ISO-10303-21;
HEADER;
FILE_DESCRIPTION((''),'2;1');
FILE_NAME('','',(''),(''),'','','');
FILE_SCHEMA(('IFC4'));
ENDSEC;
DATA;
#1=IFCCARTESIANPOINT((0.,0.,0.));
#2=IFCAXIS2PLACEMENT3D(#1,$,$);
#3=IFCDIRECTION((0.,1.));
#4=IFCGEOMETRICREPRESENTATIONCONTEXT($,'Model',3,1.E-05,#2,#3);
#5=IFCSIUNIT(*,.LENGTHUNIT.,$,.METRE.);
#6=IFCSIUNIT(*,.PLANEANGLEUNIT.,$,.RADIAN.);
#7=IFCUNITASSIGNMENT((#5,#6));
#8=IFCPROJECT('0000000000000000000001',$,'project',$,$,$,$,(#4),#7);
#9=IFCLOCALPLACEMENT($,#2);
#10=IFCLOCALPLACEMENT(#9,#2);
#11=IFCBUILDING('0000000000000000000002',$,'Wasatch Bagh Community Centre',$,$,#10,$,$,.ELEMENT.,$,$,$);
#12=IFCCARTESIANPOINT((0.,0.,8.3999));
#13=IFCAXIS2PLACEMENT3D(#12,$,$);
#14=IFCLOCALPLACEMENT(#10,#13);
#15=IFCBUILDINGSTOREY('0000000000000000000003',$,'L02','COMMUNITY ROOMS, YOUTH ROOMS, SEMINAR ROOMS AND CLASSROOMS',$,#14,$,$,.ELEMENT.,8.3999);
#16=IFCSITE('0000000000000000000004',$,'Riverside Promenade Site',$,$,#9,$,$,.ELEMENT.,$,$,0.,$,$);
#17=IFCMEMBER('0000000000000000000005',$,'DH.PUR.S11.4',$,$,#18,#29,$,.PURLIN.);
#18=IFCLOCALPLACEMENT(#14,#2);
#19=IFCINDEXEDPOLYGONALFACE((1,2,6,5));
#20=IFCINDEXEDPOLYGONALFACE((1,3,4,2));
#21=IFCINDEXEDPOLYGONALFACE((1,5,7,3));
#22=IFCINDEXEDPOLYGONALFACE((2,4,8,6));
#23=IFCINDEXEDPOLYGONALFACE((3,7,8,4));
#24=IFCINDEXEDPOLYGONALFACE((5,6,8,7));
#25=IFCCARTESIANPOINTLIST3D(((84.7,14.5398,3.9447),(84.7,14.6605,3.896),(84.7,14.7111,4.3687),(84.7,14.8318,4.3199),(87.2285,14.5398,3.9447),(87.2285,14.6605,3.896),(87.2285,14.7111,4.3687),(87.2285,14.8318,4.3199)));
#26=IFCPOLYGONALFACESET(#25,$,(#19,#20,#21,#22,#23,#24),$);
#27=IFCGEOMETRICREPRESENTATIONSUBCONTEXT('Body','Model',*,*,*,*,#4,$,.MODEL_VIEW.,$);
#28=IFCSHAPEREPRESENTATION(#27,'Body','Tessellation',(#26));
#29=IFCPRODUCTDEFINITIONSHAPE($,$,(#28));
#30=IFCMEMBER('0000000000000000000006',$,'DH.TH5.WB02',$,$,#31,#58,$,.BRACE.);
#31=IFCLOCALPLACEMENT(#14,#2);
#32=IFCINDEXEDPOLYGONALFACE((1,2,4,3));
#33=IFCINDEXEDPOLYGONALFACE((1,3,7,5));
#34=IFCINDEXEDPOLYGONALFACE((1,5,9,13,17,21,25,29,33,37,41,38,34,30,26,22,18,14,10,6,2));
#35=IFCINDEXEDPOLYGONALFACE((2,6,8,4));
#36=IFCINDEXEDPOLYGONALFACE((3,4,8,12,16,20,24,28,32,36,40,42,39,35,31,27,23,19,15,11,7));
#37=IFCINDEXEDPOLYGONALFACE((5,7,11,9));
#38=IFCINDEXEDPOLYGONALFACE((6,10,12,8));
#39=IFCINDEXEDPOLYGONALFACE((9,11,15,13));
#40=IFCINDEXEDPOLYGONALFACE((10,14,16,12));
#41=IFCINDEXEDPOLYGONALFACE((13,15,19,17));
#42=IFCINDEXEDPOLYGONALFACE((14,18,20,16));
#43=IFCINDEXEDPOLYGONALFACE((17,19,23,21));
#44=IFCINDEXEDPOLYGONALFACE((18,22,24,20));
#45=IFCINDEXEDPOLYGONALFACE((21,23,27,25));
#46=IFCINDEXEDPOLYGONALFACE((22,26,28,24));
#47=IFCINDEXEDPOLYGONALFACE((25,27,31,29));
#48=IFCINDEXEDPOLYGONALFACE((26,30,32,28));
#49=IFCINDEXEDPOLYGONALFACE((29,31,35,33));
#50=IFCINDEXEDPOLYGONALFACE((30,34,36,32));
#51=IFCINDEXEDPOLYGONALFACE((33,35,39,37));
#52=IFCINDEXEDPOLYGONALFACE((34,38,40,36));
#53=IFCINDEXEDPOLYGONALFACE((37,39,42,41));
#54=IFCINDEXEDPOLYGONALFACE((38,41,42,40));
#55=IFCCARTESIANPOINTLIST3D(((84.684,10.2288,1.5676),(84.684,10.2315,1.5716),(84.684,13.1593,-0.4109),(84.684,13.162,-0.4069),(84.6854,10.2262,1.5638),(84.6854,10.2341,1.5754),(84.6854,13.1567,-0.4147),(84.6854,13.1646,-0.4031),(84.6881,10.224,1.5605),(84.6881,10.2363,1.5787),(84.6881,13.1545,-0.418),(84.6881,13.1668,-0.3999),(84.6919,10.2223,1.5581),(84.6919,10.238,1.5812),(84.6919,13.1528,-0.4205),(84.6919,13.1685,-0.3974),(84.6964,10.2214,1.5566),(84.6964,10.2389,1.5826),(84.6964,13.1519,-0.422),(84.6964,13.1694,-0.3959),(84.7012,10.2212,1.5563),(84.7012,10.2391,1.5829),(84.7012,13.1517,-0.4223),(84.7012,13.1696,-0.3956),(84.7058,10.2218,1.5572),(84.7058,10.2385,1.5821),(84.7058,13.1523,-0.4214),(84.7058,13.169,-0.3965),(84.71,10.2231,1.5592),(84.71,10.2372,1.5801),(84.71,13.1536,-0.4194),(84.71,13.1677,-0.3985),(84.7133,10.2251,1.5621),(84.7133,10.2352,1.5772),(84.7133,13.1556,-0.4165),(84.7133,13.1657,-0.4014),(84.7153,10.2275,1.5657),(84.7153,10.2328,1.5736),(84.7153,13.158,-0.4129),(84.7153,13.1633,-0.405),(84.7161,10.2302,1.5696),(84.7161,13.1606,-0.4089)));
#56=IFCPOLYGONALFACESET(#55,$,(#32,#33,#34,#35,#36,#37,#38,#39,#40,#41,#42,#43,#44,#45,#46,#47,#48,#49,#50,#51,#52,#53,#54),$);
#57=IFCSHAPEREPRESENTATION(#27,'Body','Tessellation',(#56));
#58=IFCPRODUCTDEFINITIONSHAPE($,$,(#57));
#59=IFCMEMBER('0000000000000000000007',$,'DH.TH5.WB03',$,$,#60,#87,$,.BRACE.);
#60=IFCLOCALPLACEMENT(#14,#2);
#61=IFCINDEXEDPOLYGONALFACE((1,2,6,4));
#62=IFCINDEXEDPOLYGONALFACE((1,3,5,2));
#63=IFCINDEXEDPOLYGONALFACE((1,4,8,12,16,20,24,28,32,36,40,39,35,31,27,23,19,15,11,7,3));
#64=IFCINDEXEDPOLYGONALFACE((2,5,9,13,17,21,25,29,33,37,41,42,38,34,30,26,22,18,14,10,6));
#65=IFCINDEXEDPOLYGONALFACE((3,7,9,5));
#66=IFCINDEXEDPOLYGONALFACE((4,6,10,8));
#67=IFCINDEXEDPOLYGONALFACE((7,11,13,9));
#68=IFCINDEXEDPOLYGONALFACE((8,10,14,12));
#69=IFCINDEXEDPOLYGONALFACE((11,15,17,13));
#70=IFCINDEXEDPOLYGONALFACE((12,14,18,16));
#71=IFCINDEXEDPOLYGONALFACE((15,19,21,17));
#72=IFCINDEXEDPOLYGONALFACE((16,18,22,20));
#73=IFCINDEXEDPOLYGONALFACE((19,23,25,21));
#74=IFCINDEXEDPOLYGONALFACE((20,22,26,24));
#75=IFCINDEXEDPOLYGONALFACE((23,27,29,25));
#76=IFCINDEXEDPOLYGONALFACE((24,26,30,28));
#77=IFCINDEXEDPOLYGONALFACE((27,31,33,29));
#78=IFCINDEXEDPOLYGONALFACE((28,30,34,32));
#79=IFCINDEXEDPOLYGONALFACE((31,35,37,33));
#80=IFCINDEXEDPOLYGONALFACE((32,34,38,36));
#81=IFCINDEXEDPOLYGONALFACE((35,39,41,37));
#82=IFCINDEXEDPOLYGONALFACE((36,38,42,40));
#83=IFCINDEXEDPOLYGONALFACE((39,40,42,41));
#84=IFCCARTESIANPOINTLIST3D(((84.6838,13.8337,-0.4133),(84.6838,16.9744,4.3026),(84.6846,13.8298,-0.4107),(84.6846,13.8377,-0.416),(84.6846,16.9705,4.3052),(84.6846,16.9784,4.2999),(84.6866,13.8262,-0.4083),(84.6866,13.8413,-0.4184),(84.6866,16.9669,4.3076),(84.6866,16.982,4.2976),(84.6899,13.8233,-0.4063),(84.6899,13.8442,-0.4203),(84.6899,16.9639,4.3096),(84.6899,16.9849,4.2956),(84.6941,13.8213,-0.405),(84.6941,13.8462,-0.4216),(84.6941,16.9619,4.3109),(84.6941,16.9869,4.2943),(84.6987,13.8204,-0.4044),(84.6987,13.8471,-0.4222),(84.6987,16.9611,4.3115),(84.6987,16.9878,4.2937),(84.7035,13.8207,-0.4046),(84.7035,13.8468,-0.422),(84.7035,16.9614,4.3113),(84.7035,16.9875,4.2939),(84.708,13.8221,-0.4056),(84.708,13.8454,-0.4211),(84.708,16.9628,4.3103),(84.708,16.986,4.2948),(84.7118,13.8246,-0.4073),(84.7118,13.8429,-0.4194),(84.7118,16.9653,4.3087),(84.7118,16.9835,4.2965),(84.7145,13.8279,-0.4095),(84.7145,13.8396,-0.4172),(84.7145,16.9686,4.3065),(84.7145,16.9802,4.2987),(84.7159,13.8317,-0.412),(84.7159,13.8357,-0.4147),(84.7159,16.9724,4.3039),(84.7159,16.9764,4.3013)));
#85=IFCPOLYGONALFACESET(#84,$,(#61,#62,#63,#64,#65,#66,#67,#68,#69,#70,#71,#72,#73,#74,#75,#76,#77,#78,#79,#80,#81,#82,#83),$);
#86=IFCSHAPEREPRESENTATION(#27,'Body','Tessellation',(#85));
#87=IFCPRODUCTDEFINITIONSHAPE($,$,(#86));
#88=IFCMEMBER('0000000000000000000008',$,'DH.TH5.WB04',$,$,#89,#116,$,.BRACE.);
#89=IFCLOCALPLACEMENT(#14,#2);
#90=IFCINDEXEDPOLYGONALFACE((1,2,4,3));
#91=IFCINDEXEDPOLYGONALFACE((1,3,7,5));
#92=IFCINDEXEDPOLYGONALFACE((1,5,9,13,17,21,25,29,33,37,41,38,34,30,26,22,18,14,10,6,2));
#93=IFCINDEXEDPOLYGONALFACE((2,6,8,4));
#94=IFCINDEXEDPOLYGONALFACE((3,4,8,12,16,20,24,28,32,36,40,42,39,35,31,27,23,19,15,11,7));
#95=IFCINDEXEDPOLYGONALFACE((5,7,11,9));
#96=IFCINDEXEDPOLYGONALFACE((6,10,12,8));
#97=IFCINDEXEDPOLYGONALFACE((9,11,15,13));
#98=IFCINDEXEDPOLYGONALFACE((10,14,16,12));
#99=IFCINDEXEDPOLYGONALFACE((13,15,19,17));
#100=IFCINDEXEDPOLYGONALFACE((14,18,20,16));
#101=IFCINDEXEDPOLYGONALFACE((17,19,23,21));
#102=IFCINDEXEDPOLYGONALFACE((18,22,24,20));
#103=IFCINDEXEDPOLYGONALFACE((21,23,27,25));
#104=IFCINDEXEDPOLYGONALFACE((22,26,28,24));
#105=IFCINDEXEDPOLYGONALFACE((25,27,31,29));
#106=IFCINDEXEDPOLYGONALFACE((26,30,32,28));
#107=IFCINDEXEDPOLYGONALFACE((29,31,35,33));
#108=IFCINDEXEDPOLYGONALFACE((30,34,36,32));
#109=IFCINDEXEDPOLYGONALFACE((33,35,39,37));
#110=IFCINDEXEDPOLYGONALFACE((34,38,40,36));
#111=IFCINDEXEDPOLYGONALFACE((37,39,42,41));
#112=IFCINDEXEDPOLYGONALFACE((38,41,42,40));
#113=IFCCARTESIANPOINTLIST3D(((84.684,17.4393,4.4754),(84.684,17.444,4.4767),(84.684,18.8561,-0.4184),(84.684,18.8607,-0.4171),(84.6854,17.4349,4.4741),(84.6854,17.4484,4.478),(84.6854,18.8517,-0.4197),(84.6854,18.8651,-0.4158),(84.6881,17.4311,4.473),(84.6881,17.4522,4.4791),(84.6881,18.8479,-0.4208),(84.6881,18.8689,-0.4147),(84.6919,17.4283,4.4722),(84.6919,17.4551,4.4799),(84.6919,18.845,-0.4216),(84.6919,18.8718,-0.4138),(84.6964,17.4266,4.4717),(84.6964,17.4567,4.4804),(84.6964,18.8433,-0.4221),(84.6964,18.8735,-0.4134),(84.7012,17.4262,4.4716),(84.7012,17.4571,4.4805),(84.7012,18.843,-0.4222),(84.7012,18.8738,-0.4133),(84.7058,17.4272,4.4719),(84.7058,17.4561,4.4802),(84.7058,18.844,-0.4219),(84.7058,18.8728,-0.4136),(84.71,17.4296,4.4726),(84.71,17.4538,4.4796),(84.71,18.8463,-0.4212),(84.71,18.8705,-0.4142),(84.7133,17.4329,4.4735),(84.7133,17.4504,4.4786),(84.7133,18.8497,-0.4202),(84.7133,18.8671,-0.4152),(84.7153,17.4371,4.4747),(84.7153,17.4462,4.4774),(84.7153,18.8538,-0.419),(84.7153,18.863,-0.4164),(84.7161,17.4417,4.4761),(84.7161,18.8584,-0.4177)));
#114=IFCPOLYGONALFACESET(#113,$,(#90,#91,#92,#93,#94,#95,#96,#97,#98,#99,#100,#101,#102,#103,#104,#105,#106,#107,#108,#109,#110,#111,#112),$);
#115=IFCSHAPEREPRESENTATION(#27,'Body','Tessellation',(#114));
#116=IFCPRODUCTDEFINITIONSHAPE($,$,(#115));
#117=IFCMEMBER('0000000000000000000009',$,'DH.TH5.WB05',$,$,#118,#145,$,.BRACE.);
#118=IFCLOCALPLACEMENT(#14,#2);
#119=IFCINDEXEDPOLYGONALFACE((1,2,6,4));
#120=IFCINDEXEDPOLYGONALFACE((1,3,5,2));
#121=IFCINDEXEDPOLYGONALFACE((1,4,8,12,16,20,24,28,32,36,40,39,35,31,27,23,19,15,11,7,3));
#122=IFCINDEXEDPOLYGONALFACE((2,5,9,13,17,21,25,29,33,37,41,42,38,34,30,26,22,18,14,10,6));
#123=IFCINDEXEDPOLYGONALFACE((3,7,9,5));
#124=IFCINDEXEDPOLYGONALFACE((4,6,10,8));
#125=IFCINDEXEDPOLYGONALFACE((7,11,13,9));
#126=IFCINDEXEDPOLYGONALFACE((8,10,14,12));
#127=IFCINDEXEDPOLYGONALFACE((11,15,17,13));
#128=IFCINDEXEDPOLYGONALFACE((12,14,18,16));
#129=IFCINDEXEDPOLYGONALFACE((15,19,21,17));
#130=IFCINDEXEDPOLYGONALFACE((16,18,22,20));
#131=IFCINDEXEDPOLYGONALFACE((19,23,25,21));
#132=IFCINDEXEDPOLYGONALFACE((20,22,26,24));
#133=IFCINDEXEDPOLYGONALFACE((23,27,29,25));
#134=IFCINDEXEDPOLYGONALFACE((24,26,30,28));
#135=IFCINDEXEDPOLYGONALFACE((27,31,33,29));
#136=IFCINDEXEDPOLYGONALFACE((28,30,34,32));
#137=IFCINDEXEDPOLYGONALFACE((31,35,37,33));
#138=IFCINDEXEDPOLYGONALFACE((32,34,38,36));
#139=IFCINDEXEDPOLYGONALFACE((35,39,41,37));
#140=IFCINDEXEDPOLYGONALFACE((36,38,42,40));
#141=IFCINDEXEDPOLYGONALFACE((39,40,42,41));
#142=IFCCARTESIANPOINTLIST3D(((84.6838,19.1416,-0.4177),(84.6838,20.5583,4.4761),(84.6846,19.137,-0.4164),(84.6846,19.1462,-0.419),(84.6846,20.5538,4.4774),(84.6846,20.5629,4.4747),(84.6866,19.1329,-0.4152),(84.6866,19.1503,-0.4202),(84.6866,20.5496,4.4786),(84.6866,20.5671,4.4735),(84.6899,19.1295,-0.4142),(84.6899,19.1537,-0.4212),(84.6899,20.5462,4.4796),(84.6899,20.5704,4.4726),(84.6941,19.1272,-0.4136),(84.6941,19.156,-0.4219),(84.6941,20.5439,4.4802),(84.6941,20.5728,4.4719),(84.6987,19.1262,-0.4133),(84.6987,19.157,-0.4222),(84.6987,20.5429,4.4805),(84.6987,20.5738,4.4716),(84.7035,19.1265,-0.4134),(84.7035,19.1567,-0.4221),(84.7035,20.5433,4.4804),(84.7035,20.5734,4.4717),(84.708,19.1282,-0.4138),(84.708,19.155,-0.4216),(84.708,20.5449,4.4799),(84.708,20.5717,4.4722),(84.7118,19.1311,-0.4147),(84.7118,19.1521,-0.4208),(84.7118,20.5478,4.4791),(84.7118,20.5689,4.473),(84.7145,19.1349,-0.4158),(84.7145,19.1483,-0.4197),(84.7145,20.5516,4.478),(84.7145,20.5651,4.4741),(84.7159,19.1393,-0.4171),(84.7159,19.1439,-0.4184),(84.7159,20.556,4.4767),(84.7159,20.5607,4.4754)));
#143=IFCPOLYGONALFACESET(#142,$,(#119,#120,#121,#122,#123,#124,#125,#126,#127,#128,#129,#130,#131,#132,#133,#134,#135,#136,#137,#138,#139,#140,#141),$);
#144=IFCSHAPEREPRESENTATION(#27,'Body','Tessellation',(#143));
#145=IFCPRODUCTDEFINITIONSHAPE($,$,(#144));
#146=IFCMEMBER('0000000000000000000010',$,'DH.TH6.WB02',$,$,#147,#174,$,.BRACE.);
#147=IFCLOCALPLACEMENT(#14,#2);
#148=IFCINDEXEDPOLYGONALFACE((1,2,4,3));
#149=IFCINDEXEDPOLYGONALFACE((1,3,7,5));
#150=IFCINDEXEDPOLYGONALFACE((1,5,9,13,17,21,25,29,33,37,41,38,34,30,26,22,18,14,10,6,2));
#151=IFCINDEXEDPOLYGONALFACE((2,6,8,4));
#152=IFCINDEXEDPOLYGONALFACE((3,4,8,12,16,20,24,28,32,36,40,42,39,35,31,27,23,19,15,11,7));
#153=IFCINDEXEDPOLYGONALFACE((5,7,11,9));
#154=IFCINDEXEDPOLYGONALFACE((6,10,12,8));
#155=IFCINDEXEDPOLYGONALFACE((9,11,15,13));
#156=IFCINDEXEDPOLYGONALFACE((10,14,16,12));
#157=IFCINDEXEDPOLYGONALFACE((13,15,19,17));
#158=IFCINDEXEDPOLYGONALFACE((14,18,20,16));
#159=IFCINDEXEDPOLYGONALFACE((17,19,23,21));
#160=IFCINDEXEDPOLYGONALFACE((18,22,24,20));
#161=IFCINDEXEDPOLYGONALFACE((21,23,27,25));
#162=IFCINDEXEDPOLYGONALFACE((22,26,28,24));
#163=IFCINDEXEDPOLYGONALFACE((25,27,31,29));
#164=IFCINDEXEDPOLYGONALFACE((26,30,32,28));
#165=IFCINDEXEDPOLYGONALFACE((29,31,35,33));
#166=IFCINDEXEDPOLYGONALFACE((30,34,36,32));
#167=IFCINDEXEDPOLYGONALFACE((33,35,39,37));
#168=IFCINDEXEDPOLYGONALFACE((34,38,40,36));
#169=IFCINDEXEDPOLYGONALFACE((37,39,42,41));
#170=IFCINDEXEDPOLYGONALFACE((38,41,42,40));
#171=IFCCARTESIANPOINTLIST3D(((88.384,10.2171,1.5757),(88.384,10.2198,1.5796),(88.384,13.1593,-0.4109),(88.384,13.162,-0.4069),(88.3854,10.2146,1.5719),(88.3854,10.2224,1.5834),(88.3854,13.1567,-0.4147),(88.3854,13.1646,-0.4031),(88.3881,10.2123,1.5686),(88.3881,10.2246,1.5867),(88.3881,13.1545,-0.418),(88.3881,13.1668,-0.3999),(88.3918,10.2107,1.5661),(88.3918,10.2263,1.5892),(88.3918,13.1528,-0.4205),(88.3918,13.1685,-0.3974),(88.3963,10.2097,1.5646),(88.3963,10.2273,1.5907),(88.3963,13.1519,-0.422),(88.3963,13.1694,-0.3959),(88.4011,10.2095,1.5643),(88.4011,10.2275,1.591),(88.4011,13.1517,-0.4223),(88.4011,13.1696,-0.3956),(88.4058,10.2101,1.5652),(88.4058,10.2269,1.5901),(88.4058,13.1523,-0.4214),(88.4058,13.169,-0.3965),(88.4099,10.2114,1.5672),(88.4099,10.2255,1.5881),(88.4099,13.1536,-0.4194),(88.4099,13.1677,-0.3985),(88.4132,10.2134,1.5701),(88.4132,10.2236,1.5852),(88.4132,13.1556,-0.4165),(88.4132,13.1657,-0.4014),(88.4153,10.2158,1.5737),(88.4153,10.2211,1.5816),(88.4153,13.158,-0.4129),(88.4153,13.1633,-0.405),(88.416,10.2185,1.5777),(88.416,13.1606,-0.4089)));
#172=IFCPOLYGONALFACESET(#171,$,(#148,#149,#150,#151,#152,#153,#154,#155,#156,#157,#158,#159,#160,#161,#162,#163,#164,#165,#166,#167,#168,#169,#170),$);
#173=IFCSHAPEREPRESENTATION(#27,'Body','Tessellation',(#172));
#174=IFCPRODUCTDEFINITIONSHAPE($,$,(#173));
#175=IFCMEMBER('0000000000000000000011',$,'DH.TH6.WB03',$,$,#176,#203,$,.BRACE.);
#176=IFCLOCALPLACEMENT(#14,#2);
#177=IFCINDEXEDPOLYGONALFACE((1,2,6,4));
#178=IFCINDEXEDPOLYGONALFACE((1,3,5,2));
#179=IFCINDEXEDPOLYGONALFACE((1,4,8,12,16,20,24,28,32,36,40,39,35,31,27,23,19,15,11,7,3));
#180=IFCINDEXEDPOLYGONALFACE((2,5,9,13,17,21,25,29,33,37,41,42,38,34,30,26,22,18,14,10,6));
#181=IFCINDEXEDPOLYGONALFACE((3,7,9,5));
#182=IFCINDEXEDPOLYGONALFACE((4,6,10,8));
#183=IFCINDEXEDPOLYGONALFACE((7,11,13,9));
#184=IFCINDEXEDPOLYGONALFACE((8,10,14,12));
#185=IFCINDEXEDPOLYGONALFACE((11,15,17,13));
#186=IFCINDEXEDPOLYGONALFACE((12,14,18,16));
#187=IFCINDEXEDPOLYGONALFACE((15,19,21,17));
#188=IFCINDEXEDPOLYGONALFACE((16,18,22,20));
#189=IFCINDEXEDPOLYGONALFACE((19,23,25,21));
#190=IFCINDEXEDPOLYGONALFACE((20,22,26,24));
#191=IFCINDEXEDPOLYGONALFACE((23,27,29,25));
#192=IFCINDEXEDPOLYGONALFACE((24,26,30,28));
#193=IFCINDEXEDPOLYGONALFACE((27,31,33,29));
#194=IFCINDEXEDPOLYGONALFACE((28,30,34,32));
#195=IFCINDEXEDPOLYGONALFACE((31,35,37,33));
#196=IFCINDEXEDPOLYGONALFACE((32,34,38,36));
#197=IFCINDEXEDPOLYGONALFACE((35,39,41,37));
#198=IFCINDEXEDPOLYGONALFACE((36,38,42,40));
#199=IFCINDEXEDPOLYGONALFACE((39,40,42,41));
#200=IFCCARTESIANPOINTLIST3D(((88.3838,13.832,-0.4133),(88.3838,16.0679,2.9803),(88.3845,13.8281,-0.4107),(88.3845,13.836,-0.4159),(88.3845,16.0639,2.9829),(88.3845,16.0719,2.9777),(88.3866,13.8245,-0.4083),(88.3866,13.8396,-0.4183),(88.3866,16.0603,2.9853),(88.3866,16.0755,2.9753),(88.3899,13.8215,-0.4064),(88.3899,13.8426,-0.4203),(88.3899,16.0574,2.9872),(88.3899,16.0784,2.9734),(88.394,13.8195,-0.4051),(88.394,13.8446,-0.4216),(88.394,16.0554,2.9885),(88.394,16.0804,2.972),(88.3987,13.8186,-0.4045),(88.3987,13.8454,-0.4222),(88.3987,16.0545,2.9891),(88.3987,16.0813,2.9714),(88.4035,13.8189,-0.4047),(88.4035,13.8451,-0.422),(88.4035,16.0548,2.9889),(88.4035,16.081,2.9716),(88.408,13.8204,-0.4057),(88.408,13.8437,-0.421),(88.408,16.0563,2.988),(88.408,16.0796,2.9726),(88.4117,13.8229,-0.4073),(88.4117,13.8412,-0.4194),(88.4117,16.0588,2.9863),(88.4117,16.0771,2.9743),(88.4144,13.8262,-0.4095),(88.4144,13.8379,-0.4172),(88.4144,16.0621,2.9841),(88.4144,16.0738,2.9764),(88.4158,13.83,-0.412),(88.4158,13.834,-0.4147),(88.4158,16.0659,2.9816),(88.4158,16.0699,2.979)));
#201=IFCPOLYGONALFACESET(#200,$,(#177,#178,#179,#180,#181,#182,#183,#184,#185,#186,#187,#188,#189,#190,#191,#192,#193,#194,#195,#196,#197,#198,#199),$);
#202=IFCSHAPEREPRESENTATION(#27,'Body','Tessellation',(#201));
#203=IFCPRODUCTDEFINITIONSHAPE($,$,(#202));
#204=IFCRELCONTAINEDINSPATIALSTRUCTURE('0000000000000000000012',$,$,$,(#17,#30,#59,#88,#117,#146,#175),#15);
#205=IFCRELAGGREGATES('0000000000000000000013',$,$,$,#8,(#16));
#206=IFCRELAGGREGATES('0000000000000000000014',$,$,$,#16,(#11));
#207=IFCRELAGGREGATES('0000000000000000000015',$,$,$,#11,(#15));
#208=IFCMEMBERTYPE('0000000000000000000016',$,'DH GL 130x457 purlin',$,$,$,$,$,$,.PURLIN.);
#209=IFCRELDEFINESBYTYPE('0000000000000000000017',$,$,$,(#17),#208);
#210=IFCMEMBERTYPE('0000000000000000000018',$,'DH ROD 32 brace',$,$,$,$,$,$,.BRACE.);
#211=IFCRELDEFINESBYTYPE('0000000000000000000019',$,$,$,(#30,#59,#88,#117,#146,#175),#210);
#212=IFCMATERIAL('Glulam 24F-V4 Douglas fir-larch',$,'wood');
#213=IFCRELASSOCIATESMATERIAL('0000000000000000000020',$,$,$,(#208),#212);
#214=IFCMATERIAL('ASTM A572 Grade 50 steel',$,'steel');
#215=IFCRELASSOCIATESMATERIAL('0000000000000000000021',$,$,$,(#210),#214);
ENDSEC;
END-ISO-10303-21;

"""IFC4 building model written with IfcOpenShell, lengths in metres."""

from ifc_helpers import new_model, si_unit, direction, frame, origin, origin_2d, place, context, subcontext, project, spatial, rectangle, circle, extrude, material, material_profile, profile_set, type_object, element, save


model = new_model("IFC4")

# Units and contexts
model_context = context("Model", 3, precision=1e-05, world=origin(), true_north=direction((0.0, 1.0)))
body_context = subcontext(model_context, "Body", "Model", "MODEL_VIEW")
ifc_project = project(units=[si_unit("LENGTHUNIT", "METRE"), si_unit("PLANEANGLEUNIT", "RADIAN")], contexts=[model_context])

# Site, building, storey
site_placement = place(None, origin())
site = spatial("IfcSite", under=ifc_project, at=site_placement, Name="Riverside Promenade Site", CompositionType="ELEMENT", RefElevation=0.0)
building_placement = place(site_placement, origin())
building = spatial("IfcBuilding", under=site, at=building_placement, Name="Wasatch Bagh Community Centre", CompositionType="ELEMENT")
storey_placement = place(building_placement, frame((0.0, 0.0, 8.3999)))
storey = spatial("IfcBuildingStorey", under=building, at=storey_placement, Name="L02", Description="COMMUNITY ROOMS, YOUTH ROOMS, SEMINAR ROOMS AND CLASSROOMS", CompositionType="ELEMENT", Elevation=8.3999)

# Members
ifc_material_1 = material(Name="Glulam 24F-V4 Douglas fir-larch", Category="wood")
ifc_material_profile_1 = material_profile(ifc_material_1, rectangle(XDim=0.1301, YDim=0.4573, at=origin_2d()), Name="GL 130x457")
ifc_profile_set_1 = profile_set([ifc_material_profile_1], Name="Glulam 24F-V4 Douglas fir-larch")
member_type_1 = type_object("IfcMemberType", Name="DH GL 130x457 purlin", PredefinedType="PURLIN", material=ifc_profile_set_1)
member_1_placement = place(storey_placement, frame((84.7, 14.6858, 4.1323), z_axis=(1.0, 0.0, 0.0), x_axis=(0.0, 0.927184, -0.374607)))
element("IfcMember", 1, at=member_1_placement, inside=storey, type_object=member_type_1, Name="DH.PUR.S11.4", PredefinedType="PURLIN", context=body_context, shape_type="SweptSolid", body=[
    extrude(rectangle(XDim=0.1301, YDim=0.4573, at=origin_2d()), origin(), (0.0, 0.0, 1.0), 2.5286),
])
ifc_material_2 = material(Name="ASTM A572 Grade 50 steel", Category="steel")
ifc_material_profile_2 = material_profile(ifc_material_2, circle(Radius=0.0161, at=origin_2d()), Name="ROD 32")
ifc_profile_set_2 = profile_set([ifc_material_profile_2], Name="ASTM A572 Grade 50 steel")
member_type_2 = type_object("IfcMemberType", Name="DH ROD 32 brace", PredefinedType="BRACE", material=ifc_profile_set_2)
member_2_placement = place(storey_placement, frame((84.7, 13.1606, -0.4089), z_axis=(0.0, -0.828785, 0.559567), x_axis=(1.0, 0.0, 0.0)))
element("IfcMember", 2, at=member_2_placement, inside=storey, type_object=member_type_2, Name="DH.TH5.WB02", PredefinedType="BRACE", context=body_context, shape_type="SweptSolid", body=[
    extrude(circle(Radius=0.0161, at=origin_2d()), origin(), (0.0, 0.0, 1.0), 3.5359),
])
member_3_placement = place(storey_placement, frame((84.7, 13.8337, -0.4133), z_axis=(0.0, 0.554302, 0.832315), x_axis=(-1.0, 0.0, 0.0)))
element("IfcMember", 3, at=member_3_placement, inside=storey, type_object=member_type_2, Name="DH.TH5.WB03", PredefinedType="BRACE", context=body_context, shape_type="SweptSolid", body=[
    extrude(circle(Radius=0.0161, at=origin_2d()), origin(), (0.0, 0.0, 1.0), 5.666),
])
for number, where, z_axis, x_axis, name in (
    (4, (84.7, 18.8584, -0.4177), (0.0, -0.27808, 0.960558), (1.0, 0.0, 0.0), "DH.TH5.WB04"),
    (5, (84.7, 19.1416, -0.4177), (0.0, 0.27808, 0.960558), (-1.0, 0.0, 0.0), "DH.TH5.WB05"),
):
    element("IfcMember", number, at=place(storey_placement, frame(where, z_axis=z_axis, x_axis=x_axis)), inside=storey, type_object=member_type_2, Name=name, PredefinedType="BRACE", context=body_context, shape_type="SweptSolid", body=[
        extrude(circle(Radius=0.0161, at=origin_2d()), origin(), (0.0, 0.0, 1.0), 5.0947),
    ])
member_4_placement = place(storey_placement, frame((88.3999, 13.1606, -0.4089), z_axis=(0.0, -0.828767, 0.559595), x_axis=(1.0, 0.0, 0.0)))
element("IfcMember", 6, at=member_4_placement, inside=storey, type_object=member_type_2, Name="DH.TH6.WB02", PredefinedType="BRACE", context=body_context, shape_type="SweptSolid", body=[
    extrude(circle(Radius=0.0161, at=origin_2d()), origin(), (0.0, 0.0, 1.0), 3.55),
])
member_5_placement = place(storey_placement, frame((88.3999, 13.832, -0.4133), z_axis=(0.0, 0.550172, 0.835051), x_axis=(-1.0, 0.0, 0.0)))
element("IfcMember", 7, at=member_5_placement, inside=storey, type_object=member_type_2, Name="DH.TH6.WB03", PredefinedType="BRACE", context=body_context, shape_type="SweptSolid", body=[
    extrude(circle(Radius=0.0161, at=origin_2d()), origin(), (0.0, 0.0, 1.0), 4.064),
])

save(model, "model.ifc")
